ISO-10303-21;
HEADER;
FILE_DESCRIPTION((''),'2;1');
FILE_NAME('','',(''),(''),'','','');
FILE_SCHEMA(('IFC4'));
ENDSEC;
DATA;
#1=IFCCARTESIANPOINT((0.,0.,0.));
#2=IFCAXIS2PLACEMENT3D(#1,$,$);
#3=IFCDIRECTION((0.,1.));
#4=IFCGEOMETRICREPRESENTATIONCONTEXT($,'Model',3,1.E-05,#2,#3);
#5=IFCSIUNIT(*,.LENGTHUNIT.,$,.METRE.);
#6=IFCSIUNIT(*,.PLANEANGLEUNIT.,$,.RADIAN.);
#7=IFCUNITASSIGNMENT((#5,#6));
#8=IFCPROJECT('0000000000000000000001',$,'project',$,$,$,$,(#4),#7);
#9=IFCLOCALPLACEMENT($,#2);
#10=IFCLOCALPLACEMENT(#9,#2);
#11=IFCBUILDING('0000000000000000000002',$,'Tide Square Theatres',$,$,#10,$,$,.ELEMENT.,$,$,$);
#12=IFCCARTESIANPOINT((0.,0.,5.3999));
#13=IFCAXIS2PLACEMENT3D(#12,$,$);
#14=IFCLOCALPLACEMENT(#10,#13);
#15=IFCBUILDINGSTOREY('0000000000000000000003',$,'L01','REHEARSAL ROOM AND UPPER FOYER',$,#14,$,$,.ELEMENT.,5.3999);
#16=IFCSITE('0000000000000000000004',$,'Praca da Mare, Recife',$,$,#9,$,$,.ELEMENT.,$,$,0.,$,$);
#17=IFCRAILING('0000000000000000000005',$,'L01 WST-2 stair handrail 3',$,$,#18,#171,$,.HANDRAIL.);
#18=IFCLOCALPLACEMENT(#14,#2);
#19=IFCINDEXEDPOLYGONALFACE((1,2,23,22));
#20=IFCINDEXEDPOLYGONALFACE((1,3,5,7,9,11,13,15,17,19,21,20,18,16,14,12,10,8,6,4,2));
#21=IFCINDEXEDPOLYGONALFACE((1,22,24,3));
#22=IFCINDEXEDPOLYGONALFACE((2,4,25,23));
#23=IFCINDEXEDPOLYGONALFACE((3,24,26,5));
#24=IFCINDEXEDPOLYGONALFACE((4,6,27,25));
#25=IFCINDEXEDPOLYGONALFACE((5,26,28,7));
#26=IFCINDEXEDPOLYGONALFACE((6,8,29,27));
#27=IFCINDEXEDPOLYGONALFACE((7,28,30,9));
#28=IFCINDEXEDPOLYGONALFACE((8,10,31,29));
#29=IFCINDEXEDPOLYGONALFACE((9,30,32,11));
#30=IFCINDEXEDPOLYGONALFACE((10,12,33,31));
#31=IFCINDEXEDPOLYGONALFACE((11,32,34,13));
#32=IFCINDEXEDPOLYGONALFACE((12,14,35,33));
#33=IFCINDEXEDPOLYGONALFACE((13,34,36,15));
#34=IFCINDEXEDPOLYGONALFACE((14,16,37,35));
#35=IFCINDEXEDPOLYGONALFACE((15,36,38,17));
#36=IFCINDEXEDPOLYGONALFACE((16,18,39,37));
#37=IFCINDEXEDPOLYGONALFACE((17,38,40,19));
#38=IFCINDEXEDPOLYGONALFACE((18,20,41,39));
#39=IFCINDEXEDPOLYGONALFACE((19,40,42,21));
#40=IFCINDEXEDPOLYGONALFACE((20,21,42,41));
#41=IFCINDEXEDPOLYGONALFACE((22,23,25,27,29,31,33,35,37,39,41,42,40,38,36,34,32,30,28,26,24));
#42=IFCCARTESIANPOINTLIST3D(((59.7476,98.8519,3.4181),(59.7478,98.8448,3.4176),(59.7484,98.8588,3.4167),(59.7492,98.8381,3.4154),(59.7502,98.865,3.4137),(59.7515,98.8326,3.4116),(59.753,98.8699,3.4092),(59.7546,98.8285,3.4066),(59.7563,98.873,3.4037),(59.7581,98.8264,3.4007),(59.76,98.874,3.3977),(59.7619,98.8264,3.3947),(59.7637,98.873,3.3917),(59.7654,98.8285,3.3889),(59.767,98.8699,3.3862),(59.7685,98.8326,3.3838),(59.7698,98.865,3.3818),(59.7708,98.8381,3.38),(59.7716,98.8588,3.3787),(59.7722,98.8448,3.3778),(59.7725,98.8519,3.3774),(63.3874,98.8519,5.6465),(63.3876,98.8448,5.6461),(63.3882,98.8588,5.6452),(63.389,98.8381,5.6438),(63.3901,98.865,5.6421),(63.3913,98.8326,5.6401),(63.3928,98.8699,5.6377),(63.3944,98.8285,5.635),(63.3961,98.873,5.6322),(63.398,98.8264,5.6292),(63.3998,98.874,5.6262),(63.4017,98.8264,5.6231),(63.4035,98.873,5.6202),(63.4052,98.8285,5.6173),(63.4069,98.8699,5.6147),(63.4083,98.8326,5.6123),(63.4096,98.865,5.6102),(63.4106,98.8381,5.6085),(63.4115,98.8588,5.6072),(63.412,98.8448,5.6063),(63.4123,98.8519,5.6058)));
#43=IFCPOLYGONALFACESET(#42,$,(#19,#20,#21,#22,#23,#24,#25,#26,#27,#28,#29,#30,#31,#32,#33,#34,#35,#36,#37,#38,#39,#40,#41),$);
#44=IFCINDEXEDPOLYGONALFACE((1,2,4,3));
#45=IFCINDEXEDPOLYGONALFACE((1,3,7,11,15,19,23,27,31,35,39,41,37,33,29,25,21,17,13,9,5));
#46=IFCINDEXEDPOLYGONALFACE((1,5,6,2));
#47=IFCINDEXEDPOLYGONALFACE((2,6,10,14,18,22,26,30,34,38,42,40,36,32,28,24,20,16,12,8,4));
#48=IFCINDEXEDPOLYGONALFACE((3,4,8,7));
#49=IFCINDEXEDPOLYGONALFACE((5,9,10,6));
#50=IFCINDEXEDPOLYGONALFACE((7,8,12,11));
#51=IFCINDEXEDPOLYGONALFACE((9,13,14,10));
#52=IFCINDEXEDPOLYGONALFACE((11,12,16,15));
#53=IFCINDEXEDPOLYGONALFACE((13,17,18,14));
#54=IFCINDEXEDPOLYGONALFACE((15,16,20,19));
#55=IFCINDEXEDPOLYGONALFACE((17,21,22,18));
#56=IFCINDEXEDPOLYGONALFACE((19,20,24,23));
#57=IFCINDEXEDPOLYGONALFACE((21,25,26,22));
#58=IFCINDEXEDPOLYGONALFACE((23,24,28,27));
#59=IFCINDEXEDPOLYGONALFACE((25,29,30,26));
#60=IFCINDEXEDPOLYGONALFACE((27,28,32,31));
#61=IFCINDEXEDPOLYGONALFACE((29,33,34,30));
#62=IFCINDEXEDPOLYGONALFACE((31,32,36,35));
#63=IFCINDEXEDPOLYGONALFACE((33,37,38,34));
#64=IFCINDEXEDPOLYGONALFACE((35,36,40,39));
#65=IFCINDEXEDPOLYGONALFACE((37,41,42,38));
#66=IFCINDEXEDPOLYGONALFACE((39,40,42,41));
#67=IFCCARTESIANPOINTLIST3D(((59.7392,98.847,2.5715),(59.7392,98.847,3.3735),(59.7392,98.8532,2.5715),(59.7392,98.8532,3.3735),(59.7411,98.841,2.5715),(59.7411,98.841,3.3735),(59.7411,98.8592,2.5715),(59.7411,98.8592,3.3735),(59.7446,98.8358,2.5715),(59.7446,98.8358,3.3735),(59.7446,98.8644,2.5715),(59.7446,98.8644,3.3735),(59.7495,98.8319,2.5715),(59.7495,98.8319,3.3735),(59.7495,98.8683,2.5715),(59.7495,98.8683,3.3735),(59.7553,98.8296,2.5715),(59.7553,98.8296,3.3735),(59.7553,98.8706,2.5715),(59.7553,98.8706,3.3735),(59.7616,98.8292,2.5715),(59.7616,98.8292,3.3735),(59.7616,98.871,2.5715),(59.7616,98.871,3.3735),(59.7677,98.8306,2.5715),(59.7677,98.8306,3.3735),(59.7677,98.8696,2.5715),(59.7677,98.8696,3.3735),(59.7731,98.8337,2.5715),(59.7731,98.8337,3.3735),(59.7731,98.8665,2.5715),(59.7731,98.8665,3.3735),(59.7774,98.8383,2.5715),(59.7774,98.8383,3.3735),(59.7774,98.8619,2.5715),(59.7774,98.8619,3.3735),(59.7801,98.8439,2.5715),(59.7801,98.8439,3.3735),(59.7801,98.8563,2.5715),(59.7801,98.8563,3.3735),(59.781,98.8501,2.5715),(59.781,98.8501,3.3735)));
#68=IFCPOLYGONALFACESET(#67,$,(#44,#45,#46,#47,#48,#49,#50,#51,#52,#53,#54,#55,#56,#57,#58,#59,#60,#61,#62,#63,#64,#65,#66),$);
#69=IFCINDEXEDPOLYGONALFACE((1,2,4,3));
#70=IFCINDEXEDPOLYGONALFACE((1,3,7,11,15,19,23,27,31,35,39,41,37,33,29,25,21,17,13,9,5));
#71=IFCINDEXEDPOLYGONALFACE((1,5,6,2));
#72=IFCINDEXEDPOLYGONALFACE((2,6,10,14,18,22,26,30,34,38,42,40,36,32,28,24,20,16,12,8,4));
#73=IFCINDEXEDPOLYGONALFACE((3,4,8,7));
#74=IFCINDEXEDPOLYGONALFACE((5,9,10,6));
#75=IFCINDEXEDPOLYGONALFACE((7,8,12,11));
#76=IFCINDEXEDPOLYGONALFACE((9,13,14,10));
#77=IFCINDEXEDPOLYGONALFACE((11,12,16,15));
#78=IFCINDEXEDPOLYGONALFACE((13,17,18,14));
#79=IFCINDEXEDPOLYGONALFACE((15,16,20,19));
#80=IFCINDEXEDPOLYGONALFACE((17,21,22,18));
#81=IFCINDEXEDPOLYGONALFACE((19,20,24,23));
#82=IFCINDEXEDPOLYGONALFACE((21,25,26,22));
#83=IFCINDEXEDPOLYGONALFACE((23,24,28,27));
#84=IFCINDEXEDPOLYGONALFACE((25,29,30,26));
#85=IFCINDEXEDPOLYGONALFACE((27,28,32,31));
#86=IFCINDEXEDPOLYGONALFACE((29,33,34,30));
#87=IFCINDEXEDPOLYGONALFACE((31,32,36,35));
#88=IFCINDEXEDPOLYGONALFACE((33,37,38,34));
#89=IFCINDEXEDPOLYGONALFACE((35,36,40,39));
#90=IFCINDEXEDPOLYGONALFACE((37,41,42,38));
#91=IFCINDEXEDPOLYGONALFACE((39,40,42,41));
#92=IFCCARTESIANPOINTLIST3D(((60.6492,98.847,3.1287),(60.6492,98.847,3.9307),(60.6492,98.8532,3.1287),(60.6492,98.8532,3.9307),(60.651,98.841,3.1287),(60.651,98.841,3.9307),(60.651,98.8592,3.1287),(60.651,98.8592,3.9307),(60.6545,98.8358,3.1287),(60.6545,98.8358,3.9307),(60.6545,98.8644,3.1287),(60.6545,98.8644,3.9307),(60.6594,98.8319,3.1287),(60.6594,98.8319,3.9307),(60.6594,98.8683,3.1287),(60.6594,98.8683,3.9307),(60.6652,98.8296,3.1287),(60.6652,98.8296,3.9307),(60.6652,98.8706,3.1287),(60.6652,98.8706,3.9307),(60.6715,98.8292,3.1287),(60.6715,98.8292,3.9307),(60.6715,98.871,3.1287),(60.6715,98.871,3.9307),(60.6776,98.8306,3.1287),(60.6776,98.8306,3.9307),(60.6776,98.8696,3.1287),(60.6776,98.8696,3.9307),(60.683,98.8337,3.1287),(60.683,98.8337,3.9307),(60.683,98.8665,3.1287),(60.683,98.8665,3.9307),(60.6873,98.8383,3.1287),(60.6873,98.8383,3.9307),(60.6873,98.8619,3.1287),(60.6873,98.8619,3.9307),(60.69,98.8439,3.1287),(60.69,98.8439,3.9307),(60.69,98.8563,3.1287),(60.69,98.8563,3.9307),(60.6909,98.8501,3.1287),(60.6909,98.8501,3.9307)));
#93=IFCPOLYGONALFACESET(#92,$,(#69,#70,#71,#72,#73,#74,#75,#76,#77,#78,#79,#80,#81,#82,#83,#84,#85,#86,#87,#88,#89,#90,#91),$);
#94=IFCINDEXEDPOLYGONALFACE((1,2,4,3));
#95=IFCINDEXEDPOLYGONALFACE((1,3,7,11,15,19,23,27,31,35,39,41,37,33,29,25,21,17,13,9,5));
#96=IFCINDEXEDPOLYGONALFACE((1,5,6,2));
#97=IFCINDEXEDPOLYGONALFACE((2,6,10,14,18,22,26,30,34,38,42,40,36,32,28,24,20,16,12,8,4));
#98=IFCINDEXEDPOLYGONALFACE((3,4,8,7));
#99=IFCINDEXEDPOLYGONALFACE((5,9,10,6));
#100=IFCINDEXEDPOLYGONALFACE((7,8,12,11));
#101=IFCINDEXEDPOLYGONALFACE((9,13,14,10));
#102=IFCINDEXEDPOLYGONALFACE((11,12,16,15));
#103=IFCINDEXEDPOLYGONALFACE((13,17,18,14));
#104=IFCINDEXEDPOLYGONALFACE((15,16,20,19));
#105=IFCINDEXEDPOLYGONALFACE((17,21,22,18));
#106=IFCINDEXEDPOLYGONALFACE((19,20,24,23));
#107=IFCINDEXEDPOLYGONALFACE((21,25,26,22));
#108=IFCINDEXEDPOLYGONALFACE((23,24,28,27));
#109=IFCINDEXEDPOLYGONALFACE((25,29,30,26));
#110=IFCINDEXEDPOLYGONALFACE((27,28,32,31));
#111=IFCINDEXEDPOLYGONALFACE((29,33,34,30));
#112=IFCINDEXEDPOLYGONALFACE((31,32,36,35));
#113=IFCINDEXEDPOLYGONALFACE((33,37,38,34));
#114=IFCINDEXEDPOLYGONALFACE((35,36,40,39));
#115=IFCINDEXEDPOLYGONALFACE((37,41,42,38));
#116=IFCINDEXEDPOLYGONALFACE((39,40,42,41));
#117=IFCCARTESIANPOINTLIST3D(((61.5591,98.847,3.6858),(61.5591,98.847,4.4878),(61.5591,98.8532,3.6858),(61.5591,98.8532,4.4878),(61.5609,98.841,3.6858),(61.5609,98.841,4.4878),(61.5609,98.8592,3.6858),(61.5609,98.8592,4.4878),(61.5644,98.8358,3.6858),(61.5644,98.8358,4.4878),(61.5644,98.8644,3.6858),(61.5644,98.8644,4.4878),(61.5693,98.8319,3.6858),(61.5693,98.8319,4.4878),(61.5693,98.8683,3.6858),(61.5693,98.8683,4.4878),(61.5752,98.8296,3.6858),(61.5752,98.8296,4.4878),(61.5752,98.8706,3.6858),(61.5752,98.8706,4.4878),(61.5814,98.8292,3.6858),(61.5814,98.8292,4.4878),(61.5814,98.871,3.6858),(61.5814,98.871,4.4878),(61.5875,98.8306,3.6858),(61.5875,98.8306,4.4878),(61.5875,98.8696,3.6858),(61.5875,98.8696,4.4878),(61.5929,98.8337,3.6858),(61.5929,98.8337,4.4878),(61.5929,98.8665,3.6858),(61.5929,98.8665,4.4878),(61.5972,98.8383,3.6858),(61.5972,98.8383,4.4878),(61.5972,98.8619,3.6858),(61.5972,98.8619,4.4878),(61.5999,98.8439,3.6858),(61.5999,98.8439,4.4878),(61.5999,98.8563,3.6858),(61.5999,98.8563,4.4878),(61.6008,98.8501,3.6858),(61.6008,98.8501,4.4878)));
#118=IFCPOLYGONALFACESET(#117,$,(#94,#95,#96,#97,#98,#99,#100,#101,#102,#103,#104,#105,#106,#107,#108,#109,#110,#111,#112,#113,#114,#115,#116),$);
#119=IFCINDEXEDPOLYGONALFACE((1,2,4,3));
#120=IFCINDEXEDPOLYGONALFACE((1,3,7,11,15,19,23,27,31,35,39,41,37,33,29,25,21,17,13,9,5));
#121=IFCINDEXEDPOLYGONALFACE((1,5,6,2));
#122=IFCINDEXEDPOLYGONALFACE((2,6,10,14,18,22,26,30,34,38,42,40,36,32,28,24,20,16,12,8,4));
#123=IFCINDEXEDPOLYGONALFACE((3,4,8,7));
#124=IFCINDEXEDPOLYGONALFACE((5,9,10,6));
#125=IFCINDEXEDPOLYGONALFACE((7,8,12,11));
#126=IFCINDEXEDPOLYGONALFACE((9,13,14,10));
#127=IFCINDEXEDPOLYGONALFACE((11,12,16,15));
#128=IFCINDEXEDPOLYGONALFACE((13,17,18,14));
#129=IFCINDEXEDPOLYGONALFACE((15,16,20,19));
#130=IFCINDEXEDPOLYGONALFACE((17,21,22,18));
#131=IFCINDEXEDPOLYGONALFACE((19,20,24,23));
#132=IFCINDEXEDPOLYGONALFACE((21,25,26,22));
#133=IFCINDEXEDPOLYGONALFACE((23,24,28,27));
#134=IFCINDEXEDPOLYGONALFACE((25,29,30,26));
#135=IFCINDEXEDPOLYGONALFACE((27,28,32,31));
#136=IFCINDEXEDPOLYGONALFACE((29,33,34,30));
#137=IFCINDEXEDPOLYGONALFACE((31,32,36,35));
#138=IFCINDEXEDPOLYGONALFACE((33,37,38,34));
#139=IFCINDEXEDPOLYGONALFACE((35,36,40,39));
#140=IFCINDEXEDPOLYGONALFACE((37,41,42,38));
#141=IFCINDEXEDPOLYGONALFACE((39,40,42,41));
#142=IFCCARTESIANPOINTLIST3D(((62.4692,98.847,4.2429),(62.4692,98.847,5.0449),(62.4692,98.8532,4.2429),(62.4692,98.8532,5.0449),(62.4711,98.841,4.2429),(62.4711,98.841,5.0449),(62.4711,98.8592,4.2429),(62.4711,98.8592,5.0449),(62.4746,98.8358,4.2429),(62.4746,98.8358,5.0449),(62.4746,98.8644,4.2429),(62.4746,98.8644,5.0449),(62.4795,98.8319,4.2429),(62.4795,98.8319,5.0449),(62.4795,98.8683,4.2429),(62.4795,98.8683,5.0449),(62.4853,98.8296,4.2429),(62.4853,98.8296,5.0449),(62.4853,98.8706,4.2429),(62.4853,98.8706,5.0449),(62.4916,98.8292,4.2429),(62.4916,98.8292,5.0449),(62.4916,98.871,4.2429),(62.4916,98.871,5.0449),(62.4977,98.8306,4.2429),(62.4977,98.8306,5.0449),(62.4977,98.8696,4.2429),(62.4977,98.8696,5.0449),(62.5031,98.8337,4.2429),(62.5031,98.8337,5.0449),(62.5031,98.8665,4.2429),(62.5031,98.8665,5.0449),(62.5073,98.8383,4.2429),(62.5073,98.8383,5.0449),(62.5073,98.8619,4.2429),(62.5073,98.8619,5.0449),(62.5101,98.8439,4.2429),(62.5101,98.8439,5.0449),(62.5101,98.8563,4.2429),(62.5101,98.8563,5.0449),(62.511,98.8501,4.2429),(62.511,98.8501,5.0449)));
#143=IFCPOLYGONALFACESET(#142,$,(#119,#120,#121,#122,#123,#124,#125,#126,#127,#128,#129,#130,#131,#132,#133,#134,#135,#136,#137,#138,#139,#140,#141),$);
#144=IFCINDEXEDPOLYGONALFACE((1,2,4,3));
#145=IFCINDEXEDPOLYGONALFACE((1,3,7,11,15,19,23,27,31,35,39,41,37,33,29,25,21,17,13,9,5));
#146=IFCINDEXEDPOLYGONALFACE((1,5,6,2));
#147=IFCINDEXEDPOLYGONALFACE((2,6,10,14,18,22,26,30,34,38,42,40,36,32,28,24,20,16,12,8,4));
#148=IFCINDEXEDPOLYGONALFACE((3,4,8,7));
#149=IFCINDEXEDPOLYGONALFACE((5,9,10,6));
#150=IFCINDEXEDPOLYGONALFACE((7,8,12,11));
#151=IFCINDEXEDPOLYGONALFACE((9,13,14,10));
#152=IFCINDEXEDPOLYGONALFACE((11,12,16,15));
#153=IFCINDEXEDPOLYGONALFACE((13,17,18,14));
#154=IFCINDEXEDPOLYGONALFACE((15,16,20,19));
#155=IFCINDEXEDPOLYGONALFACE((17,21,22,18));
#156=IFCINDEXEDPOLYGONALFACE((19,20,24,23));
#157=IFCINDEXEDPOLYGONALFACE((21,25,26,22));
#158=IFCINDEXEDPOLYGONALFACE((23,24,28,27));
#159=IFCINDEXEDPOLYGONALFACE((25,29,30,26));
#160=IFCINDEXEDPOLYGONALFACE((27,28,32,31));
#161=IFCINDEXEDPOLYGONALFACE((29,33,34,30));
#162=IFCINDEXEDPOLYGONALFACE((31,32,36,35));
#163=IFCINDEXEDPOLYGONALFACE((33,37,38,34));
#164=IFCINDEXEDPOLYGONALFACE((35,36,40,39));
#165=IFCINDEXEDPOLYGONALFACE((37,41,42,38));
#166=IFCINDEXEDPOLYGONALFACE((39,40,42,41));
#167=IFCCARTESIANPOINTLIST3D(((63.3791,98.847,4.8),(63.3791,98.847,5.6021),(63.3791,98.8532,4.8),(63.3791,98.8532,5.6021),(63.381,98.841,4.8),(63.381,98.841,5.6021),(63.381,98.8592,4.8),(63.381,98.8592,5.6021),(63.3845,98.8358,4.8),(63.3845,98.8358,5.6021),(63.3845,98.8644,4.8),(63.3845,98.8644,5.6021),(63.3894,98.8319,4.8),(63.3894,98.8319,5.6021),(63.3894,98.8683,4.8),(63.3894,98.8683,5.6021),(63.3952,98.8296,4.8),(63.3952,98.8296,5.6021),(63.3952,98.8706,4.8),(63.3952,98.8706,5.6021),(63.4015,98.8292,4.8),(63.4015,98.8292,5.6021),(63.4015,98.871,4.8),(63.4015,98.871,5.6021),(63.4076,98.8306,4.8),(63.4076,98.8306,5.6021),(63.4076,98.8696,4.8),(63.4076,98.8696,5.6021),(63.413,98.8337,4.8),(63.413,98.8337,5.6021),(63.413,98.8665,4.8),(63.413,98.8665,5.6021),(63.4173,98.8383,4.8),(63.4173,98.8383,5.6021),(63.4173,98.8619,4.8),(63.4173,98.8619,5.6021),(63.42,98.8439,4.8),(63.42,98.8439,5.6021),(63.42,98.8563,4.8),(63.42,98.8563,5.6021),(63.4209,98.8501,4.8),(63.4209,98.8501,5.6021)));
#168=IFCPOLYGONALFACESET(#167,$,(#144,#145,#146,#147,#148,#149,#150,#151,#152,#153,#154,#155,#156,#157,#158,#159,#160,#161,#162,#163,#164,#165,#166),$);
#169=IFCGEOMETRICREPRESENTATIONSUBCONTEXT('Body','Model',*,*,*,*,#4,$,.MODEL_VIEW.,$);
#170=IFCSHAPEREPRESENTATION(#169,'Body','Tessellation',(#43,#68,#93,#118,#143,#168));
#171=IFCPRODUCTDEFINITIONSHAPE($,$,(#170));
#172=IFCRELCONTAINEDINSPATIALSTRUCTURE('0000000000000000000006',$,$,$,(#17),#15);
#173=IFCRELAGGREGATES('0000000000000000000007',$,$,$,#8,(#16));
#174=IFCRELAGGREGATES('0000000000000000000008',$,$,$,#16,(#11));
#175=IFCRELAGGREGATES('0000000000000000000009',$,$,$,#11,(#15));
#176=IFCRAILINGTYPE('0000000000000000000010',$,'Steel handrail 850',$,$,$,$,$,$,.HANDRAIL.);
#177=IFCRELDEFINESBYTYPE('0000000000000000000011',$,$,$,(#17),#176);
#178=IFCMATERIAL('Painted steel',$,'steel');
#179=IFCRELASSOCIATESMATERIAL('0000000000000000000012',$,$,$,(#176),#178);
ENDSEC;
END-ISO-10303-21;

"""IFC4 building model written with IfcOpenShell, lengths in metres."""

from ifc_helpers import new_model, si_unit, direction, frame, origin, origin_2d, place, context, subcontext, project, spatial, circle, extrude, material, type_object, element, save


model = new_model("IFC4")

# Units and contexts
model_context = context("Model", 3, precision=1e-05, world=origin(), true_north=direction((0.0, 1.0)))
body_context = subcontext(model_context, "Body", "Model", "MODEL_VIEW")
ifc_project = project(units=[si_unit("LENGTHUNIT", "METRE"), si_unit("PLANEANGLEUNIT", "RADIAN")], contexts=[model_context])

# Site, building, storey
site_placement = place(None, origin())
site = spatial("IfcSite", under=ifc_project, at=site_placement, Name="Praca da Mare, Recife", CompositionType="ELEMENT", RefElevation=0.0)
building_placement = place(site_placement, origin())
building = spatial("IfcBuilding", under=site, at=building_placement, Name="Tide Square Theatres", CompositionType="ELEMENT")
storey_placement = place(building_placement, frame((0.0, 0.0, 5.3999)))
storey = spatial("IfcBuildingStorey", under=building, at=storey_placement, Name="L01", Description="REHEARSAL ROOM AND UPPER FOYER", CompositionType="ELEMENT", Elevation=5.3999)

# Railing
ifc_material_1 = material(Name="Painted steel", Category="steel")
railing_type_1 = type_object("IfcRailingType", Name="Steel handrail 850", PredefinedType="HANDRAIL", material=ifc_material_1)
for number, where, name in (
    (1, (59.76, 98.8501, 2.5715), "L01 WST-2 stair handrail 3"),
):
    element("IfcRailing", number, at=place(storey_placement, frame(where)), inside=storey, type_object=railing_type_1, Name=name, PredefinedType="HANDRAIL", context=body_context, shape_type="SweptSolid", body=[
        extrude(circle(Radius=0.0239, at=origin_2d()), frame((0.0, 0.0, 0.8262), z_axis=(0.85285, 0.0, 0.522156), x_axis=(0.0, 1.0, 0.0)), (0.0, 0.0, 1.0), 4.2678),
        extrude(circle(Radius=0.021, at=origin_2d()), origin(), (0.0, 0.0, 1.0), 0.802),
        extrude(circle(Radius=0.021, at=origin_2d()), frame((0.9099, 0.0, 0.5571)), (0.0, 0.0, 1.0), 0.802),
        extrude(circle(Radius=0.021, at=origin_2d()), frame((1.8198, 0.0, 1.1143)), (0.0, 0.0, 1.0), 0.802),
        extrude(circle(Radius=0.021, at=origin_2d()), frame((2.73, 0.0, 1.6714)), (0.0, 0.0, 1.0), 0.802),
        extrude(circle(Radius=0.021, at=origin_2d()), frame((3.6399, 0.0, 2.2285)), (0.0, 0.0, 1.0), 0.802),
    ])

save(model, "model.ifc")
